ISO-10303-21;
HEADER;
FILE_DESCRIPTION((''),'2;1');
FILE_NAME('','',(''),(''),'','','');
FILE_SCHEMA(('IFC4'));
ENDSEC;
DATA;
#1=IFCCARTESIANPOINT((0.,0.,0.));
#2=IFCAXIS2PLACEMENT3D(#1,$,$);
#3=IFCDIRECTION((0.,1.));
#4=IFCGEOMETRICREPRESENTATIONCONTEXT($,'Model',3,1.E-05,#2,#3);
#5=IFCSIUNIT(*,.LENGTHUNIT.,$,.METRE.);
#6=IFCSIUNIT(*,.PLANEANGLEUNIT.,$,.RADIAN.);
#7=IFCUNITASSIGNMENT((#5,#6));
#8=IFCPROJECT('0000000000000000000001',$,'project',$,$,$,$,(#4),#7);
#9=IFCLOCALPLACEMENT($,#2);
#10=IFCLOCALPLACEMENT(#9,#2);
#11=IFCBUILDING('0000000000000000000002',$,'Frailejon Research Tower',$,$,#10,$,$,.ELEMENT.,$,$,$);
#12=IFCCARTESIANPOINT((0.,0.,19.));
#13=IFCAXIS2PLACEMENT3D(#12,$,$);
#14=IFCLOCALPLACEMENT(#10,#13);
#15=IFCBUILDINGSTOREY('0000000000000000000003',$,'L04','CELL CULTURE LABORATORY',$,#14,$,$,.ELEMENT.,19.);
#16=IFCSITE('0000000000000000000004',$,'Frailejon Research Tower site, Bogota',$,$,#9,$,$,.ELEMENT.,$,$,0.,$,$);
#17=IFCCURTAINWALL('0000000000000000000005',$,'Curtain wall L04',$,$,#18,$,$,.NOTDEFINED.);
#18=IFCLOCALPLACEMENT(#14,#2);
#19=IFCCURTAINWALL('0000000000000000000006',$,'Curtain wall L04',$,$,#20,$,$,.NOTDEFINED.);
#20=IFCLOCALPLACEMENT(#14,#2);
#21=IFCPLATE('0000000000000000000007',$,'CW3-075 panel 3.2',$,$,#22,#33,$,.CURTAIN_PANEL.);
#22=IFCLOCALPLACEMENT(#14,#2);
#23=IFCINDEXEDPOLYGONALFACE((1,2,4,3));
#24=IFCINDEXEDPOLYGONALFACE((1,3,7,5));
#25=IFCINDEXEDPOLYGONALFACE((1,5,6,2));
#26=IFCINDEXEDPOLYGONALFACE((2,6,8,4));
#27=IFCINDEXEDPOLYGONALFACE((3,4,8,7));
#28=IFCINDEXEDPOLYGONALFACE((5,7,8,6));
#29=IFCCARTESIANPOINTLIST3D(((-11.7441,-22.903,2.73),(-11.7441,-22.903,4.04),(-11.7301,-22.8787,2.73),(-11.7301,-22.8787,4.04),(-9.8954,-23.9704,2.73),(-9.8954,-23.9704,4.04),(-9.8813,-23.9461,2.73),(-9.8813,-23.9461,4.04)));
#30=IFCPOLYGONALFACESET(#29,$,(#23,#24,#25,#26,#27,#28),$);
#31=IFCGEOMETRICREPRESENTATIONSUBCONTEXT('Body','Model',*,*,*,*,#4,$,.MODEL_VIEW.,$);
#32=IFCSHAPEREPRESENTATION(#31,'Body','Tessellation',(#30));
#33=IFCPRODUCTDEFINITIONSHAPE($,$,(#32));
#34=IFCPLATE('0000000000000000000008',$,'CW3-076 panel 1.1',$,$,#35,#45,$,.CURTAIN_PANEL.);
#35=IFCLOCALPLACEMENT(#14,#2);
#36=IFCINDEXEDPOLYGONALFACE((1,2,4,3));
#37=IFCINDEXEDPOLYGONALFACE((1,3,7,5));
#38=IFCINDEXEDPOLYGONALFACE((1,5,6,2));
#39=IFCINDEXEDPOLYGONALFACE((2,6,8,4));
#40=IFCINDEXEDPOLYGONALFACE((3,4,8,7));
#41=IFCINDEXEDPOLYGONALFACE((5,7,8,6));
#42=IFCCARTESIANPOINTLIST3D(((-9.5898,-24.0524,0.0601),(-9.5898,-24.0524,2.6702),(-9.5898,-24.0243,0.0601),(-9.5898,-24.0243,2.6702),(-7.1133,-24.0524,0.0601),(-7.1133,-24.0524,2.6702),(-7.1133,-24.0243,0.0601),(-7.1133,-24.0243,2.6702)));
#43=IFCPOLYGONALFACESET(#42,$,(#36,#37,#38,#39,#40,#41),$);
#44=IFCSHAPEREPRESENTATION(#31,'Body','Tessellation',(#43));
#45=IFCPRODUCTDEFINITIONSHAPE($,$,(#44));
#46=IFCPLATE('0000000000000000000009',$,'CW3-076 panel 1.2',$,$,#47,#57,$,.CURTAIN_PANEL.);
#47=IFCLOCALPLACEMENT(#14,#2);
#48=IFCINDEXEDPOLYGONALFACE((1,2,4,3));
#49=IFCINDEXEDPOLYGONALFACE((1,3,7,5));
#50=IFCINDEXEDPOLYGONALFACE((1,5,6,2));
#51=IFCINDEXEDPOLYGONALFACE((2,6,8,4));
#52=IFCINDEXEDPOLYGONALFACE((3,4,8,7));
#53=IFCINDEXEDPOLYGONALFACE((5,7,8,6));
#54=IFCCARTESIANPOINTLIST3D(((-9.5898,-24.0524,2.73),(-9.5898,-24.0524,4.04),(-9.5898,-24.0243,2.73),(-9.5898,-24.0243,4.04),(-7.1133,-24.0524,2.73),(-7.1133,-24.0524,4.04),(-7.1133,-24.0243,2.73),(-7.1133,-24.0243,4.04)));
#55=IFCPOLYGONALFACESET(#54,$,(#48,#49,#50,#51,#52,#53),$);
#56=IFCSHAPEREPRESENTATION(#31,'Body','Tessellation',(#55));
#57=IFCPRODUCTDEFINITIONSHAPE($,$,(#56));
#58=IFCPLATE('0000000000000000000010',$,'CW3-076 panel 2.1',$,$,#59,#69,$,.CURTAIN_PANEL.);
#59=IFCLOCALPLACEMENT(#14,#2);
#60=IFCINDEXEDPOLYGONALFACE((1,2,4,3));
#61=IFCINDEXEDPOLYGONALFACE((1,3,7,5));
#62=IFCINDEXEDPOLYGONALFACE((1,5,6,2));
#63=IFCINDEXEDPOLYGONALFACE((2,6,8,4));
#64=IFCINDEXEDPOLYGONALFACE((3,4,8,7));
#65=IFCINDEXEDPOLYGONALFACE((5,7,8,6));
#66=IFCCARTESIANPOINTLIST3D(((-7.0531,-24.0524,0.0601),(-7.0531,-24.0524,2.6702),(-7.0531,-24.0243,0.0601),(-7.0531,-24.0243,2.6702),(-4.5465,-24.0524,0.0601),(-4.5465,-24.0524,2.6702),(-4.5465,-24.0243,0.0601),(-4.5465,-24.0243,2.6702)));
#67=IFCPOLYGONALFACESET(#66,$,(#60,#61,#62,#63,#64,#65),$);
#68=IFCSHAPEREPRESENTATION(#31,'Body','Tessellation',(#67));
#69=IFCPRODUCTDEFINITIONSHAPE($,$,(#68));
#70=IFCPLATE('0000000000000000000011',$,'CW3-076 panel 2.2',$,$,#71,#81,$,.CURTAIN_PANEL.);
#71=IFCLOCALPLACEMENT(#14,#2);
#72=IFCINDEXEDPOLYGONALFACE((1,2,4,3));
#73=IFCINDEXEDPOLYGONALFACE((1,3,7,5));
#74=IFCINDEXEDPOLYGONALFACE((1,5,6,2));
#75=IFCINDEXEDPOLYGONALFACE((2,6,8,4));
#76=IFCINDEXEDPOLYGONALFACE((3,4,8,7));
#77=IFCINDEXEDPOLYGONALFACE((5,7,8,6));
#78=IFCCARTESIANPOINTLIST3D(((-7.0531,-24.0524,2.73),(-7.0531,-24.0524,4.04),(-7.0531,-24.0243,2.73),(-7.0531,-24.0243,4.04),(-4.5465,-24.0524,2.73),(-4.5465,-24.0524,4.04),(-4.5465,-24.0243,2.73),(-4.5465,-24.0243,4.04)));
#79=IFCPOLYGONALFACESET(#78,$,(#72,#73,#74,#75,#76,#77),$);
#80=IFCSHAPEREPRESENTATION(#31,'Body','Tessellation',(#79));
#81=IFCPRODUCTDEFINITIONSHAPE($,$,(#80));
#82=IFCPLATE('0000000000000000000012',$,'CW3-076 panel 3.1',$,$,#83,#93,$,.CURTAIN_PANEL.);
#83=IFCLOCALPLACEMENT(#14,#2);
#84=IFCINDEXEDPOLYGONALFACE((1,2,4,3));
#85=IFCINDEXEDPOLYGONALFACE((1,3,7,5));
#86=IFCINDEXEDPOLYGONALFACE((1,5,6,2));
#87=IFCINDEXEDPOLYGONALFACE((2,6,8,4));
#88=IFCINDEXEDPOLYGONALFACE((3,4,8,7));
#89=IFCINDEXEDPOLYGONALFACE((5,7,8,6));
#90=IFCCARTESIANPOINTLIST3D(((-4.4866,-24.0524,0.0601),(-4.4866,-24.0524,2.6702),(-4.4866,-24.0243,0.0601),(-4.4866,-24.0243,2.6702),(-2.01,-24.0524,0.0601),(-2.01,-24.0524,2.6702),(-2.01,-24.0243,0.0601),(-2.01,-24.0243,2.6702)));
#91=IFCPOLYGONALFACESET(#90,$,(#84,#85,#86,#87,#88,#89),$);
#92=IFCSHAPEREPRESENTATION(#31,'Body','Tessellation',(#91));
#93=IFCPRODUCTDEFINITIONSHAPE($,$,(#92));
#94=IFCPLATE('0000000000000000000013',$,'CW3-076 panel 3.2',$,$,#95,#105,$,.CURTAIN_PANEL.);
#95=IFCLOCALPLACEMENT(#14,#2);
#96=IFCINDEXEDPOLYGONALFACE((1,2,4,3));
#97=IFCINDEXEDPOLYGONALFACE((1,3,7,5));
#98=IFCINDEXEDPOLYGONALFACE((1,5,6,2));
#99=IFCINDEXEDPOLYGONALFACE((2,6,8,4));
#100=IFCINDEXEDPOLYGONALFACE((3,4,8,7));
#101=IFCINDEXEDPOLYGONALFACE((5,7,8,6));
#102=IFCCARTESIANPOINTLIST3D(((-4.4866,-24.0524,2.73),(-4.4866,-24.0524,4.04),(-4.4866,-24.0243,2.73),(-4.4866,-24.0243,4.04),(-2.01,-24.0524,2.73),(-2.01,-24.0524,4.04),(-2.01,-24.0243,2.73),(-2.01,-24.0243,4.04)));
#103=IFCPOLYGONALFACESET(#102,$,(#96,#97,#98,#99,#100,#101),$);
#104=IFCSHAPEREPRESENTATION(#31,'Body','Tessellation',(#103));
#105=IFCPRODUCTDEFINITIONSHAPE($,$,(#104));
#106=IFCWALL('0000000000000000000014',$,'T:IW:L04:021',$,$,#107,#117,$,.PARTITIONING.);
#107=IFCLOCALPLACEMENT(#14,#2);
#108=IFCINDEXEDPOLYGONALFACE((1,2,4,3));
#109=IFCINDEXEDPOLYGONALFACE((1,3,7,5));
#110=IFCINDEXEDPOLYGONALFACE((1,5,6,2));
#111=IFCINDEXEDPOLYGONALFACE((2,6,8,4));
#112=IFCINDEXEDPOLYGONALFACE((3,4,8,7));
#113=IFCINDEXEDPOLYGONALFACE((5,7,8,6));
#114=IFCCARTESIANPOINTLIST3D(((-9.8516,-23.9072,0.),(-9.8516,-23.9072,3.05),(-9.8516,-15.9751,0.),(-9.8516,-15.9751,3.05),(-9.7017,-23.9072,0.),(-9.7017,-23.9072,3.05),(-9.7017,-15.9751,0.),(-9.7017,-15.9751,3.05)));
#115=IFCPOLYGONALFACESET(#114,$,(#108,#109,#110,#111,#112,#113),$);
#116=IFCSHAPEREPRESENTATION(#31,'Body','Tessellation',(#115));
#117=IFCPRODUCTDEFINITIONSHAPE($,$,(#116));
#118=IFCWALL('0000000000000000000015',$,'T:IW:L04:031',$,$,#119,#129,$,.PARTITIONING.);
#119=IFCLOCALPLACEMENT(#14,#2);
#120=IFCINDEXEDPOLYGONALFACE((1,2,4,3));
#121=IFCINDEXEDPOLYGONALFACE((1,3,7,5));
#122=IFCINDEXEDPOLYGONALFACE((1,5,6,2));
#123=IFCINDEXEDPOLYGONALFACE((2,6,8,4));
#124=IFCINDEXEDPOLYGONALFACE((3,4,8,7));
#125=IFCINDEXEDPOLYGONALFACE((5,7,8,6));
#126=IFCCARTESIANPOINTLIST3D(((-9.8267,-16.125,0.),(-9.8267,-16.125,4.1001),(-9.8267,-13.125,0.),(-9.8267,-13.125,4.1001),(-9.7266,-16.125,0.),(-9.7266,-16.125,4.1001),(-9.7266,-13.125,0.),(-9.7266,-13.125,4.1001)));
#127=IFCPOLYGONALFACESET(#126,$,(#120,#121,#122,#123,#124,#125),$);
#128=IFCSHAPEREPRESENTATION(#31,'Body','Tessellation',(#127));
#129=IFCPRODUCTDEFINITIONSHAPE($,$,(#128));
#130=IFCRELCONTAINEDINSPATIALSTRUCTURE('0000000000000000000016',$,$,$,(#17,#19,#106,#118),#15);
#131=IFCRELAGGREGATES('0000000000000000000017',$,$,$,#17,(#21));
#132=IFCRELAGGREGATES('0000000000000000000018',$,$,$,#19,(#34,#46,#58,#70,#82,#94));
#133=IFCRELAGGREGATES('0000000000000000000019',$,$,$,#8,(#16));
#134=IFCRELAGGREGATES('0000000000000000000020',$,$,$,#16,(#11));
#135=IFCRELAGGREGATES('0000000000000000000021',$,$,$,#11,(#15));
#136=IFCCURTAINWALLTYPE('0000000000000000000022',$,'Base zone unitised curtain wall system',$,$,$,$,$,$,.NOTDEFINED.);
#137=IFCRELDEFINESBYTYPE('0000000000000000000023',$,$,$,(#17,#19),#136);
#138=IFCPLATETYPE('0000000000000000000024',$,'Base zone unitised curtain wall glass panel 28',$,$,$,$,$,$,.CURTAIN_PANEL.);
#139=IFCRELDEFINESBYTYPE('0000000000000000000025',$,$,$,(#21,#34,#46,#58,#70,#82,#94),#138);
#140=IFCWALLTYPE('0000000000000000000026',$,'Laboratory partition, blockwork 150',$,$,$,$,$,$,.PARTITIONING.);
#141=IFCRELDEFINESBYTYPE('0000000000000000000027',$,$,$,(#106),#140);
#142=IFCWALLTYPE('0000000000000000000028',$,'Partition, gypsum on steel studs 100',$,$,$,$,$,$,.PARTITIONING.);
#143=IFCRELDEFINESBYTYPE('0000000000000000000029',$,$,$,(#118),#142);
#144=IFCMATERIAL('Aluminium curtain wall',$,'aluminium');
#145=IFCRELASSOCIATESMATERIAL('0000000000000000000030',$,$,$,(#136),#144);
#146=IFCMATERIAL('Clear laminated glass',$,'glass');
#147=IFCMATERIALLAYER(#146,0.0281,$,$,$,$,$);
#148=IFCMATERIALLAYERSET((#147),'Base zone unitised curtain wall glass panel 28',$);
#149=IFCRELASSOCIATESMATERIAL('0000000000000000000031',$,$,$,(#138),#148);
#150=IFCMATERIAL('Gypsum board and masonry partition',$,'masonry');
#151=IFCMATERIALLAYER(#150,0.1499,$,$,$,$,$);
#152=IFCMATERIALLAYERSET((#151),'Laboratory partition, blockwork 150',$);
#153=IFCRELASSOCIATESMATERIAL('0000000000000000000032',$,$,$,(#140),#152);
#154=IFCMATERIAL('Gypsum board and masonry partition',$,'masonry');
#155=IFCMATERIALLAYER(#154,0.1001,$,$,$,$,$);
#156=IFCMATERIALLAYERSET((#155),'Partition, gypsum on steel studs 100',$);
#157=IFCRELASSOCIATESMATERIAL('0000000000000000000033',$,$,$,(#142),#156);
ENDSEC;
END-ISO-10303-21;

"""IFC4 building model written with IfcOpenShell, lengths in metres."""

from ifc_helpers import new_model, si_unit, direction, frame, frame_2d, origin, origin_2d, place, context, subcontext, project, spatial, rectangle, extrude, material, layer, layer_set, type_object, element, aggregate, save


model = new_model("IFC4")

# Units and contexts
model_context = context("Model", 3, precision=1e-05, world=origin(), true_north=direction((0.0, 1.0)))
body_context = subcontext(model_context, "Body", "Model", "MODEL_VIEW")
ifc_project = project(units=[si_unit("LENGTHUNIT", "METRE"), si_unit("PLANEANGLEUNIT", "RADIAN")], contexts=[model_context])

# Site, building, storey
site_placement = place(None, origin())
site = spatial("IfcSite", under=ifc_project, at=site_placement, Name="Frailejon Research Tower site, Bogota", CompositionType="ELEMENT", RefElevation=0.0)
building_placement = place(site_placement, origin())
building = spatial("IfcBuilding", under=site, at=building_placement, Name="Frailejon Research Tower", CompositionType="ELEMENT")
storey_placement = place(building_placement, frame((0.0, 0.0, 19.0)))
storey = spatial("IfcBuildingStorey", under=building, at=storey_placement, Name="L04", Description="CELL CULTURE LABORATORY", CompositionType="ELEMENT", Elevation=19.0)

# Curtain walls
ifc_material_1 = material(Name="Aluminium curtain wall", Category="aluminium")
curtain_wall_type = type_object("IfcCurtainWallType", Name="Base zone unitised curtain wall system", PredefinedType="NOTDEFINED", material=ifc_material_1)
curtain_wall_1_placement = place(storey_placement, origin())
curtain_wall_1 = element("IfcCurtainWall", 1, at=curtain_wall_1_placement, inside=storey, type_object=curtain_wall_type, Name="Curtain wall L04", PredefinedType="NOTDEFINED")
curtain_wall_2_placement = place(storey_placement, origin())
curtain_wall_2 = element("IfcCurtainWall", 2, at=curtain_wall_2_placement, inside=storey, type_object=curtain_wall_type, Name="Curtain wall L04", PredefinedType="NOTDEFINED")

# Plates
ifc_material_2 = material(Name="Clear laminated glass", Category="glass")
ifc_layer_1 = layer(ifc_material_2, 0.0281)
ifc_layer_set_1 = layer_set([ifc_layer_1], Name="Base zone unitised curtain wall glass panel 28")
plate_type = type_object("IfcPlateType", Name="Base zone unitised curtain wall glass panel 28", PredefinedType="CURTAIN_PANEL", material=ifc_layer_set_1)
plate_1_placement = place(storey_placement, frame((-10.8127, -23.4246, 2.73), z_axis=(0.0, 0.0, 1.0), x_axis=(0.866026, -0.499998, 0.0)))
plate_1 = element("IfcPlate", 3, at=plate_1_placement, type_object=plate_type, Name="CW3-075 panel 3.2", PredefinedType="CURTAIN_PANEL", context=body_context, shape_type="SweptSolid", body=[
    extrude(rectangle(XDim=2.1348, YDim=0.0281, at=origin_2d()), origin(), (0.0, 0.0, 1.0), 1.3101),
])
aggregate(curtain_wall_1, [plate_1])
plate_2_placement = place(storey_placement, frame((-8.3516, -24.0383, 0.0601), z_axis=(0.0, 0.0, 1.0), x_axis=(1.0, 0.0, 0.0)))
plate_2 = element("IfcPlate", 4, at=plate_2_placement, type_object=plate_type, Name="CW3-076 panel 1.1", PredefinedType="CURTAIN_PANEL", context=body_context, shape_type="SweptSolid", body=[
    extrude(rectangle(XDim=2.4766, YDim=0.0281, at=origin_2d()), origin(), (0.0, 0.0, 1.0), 2.6101),
])
plate_3_placement = place(storey_placement, frame((-8.3516, -24.0383, 2.73), z_axis=(0.0, 0.0, 1.0), x_axis=(1.0, 0.0, 0.0)))
plate_3 = element("IfcPlate", 5, at=plate_3_placement, type_object=plate_type, Name="CW3-076 panel 1.2", PredefinedType="CURTAIN_PANEL", context=body_context, shape_type="SweptSolid", body=[
    extrude(rectangle(XDim=2.4766, YDim=0.0281, at=origin_2d()), origin(), (0.0, 0.0, 1.0), 1.3101),
])
plate_4_placement = place(storey_placement, frame((-5.7998, -24.0383, 0.0601), z_axis=(0.0, 0.0, 1.0), x_axis=(1.0, 0.0, 0.0)))
plate_4 = element("IfcPlate", 6, at=plate_4_placement, type_object=plate_type, Name="CW3-076 panel 2.1", PredefinedType="CURTAIN_PANEL", context=body_context, shape_type="SweptSolid", body=[
    extrude(rectangle(XDim=2.5066, YDim=0.0281, at=origin_2d()), origin(), (0.0, 0.0, 1.0), 2.6101),
])
plate_5_placement = place(storey_placement, frame((-5.7998, -24.0383, 2.73), z_axis=(0.0, 0.0, 1.0), x_axis=(1.0, 0.0, 0.0)))
plate_5 = element("IfcPlate", 7, at=plate_5_placement, type_object=plate_type, Name="CW3-076 panel 2.2", PredefinedType="CURTAIN_PANEL", context=body_context, shape_type="SweptSolid", body=[
    extrude(rectangle(XDim=2.5066, YDim=0.0281, at=origin_2d()), origin(), (0.0, 0.0, 1.0), 1.3101),
])
plate_6_placement = place(storey_placement, frame((-3.2483, -24.0383, 0.0601), z_axis=(0.0, 0.0, 1.0), x_axis=(1.0, 0.0, 0.0)))
plate_6 = element("IfcPlate", 8, at=plate_6_placement, type_object=plate_type, Name="CW3-076 panel 3.1", PredefinedType="CURTAIN_PANEL", context=body_context, shape_type="SweptSolid", body=[
    extrude(rectangle(XDim=2.4766, YDim=0.0281, at=origin_2d()), origin(), (0.0, 0.0, 1.0), 2.6101),
])
plate_7_placement = place(storey_placement, frame((-3.2483, -24.0383, 2.73), z_axis=(0.0, 0.0, 1.0), x_axis=(1.0, 0.0, 0.0)))
plate_7 = element("IfcPlate", 9, at=plate_7_placement, type_object=plate_type, Name="CW3-076 panel 3.2", PredefinedType="CURTAIN_PANEL", context=body_context, shape_type="SweptSolid", body=[
    extrude(rectangle(XDim=2.4766, YDim=0.0281, at=origin_2d()), origin(), (0.0, 0.0, 1.0), 1.3101),
])
aggregate(curtain_wall_2, [plate_2, plate_3, plate_4, plate_5, plate_6, plate_7])

# Walls
ifc_material_3 = material(Name="Gypsum board and masonry partition", Category="masonry")
ifc_layer_2 = layer(ifc_material_3, 0.1499)
ifc_layer_set_2 = layer_set([ifc_layer_2], Name="Laboratory partition, blockwork 150")
wall_type_1 = type_object("IfcWallType", Name="Laboratory partition, blockwork 150", PredefinedType="PARTITIONING", material=ifc_layer_set_2)
wall_1_placement = place(storey_placement, frame((-9.7766, -23.9072, 0.0), z_axis=(0.0, 0.0, 1.0), x_axis=(0.0, 1.0, 0.0)))
element("IfcWall", 10, at=wall_1_placement, inside=storey, type_object=wall_type_1, Name="T:IW:L04:021", PredefinedType="PARTITIONING", context=body_context, shape_type="SweptSolid", body=[
    extrude(rectangle(XDim=7.9321, YDim=0.1499, at=frame_2d((3.9661, 0.0))), origin(), (0.0, 0.0, 1.0), 3.05),
])
ifc_material_4 = material(Name="Gypsum board and masonry partition", Category="masonry")
ifc_layer_3 = layer(ifc_material_4, 0.1001)
ifc_layer_set_3 = layer_set([ifc_layer_3], Name="Partition, gypsum on steel studs 100")
wall_type_2 = type_object("IfcWallType", Name="Partition, gypsum on steel studs 100", PredefinedType="PARTITIONING", material=ifc_layer_set_3)
wall_2_placement = place(storey_placement, frame((-9.7766, -16.125, 0.0), z_axis=(0.0, 0.0, 1.0), x_axis=(0.0, 1.0, 0.0)))
element("IfcWall", 11, at=wall_2_placement, inside=storey, type_object=wall_type_2, Name="T:IW:L04:031", PredefinedType="PARTITIONING", context=body_context, shape_type="SweptSolid", body=[
    extrude(rectangle(XDim=3.0, YDim=0.1001, at=frame_2d((1.5, 0.0))), origin(), (0.0, 0.0, 1.0), 4.1001),
])

save(model, "model.ifc")
